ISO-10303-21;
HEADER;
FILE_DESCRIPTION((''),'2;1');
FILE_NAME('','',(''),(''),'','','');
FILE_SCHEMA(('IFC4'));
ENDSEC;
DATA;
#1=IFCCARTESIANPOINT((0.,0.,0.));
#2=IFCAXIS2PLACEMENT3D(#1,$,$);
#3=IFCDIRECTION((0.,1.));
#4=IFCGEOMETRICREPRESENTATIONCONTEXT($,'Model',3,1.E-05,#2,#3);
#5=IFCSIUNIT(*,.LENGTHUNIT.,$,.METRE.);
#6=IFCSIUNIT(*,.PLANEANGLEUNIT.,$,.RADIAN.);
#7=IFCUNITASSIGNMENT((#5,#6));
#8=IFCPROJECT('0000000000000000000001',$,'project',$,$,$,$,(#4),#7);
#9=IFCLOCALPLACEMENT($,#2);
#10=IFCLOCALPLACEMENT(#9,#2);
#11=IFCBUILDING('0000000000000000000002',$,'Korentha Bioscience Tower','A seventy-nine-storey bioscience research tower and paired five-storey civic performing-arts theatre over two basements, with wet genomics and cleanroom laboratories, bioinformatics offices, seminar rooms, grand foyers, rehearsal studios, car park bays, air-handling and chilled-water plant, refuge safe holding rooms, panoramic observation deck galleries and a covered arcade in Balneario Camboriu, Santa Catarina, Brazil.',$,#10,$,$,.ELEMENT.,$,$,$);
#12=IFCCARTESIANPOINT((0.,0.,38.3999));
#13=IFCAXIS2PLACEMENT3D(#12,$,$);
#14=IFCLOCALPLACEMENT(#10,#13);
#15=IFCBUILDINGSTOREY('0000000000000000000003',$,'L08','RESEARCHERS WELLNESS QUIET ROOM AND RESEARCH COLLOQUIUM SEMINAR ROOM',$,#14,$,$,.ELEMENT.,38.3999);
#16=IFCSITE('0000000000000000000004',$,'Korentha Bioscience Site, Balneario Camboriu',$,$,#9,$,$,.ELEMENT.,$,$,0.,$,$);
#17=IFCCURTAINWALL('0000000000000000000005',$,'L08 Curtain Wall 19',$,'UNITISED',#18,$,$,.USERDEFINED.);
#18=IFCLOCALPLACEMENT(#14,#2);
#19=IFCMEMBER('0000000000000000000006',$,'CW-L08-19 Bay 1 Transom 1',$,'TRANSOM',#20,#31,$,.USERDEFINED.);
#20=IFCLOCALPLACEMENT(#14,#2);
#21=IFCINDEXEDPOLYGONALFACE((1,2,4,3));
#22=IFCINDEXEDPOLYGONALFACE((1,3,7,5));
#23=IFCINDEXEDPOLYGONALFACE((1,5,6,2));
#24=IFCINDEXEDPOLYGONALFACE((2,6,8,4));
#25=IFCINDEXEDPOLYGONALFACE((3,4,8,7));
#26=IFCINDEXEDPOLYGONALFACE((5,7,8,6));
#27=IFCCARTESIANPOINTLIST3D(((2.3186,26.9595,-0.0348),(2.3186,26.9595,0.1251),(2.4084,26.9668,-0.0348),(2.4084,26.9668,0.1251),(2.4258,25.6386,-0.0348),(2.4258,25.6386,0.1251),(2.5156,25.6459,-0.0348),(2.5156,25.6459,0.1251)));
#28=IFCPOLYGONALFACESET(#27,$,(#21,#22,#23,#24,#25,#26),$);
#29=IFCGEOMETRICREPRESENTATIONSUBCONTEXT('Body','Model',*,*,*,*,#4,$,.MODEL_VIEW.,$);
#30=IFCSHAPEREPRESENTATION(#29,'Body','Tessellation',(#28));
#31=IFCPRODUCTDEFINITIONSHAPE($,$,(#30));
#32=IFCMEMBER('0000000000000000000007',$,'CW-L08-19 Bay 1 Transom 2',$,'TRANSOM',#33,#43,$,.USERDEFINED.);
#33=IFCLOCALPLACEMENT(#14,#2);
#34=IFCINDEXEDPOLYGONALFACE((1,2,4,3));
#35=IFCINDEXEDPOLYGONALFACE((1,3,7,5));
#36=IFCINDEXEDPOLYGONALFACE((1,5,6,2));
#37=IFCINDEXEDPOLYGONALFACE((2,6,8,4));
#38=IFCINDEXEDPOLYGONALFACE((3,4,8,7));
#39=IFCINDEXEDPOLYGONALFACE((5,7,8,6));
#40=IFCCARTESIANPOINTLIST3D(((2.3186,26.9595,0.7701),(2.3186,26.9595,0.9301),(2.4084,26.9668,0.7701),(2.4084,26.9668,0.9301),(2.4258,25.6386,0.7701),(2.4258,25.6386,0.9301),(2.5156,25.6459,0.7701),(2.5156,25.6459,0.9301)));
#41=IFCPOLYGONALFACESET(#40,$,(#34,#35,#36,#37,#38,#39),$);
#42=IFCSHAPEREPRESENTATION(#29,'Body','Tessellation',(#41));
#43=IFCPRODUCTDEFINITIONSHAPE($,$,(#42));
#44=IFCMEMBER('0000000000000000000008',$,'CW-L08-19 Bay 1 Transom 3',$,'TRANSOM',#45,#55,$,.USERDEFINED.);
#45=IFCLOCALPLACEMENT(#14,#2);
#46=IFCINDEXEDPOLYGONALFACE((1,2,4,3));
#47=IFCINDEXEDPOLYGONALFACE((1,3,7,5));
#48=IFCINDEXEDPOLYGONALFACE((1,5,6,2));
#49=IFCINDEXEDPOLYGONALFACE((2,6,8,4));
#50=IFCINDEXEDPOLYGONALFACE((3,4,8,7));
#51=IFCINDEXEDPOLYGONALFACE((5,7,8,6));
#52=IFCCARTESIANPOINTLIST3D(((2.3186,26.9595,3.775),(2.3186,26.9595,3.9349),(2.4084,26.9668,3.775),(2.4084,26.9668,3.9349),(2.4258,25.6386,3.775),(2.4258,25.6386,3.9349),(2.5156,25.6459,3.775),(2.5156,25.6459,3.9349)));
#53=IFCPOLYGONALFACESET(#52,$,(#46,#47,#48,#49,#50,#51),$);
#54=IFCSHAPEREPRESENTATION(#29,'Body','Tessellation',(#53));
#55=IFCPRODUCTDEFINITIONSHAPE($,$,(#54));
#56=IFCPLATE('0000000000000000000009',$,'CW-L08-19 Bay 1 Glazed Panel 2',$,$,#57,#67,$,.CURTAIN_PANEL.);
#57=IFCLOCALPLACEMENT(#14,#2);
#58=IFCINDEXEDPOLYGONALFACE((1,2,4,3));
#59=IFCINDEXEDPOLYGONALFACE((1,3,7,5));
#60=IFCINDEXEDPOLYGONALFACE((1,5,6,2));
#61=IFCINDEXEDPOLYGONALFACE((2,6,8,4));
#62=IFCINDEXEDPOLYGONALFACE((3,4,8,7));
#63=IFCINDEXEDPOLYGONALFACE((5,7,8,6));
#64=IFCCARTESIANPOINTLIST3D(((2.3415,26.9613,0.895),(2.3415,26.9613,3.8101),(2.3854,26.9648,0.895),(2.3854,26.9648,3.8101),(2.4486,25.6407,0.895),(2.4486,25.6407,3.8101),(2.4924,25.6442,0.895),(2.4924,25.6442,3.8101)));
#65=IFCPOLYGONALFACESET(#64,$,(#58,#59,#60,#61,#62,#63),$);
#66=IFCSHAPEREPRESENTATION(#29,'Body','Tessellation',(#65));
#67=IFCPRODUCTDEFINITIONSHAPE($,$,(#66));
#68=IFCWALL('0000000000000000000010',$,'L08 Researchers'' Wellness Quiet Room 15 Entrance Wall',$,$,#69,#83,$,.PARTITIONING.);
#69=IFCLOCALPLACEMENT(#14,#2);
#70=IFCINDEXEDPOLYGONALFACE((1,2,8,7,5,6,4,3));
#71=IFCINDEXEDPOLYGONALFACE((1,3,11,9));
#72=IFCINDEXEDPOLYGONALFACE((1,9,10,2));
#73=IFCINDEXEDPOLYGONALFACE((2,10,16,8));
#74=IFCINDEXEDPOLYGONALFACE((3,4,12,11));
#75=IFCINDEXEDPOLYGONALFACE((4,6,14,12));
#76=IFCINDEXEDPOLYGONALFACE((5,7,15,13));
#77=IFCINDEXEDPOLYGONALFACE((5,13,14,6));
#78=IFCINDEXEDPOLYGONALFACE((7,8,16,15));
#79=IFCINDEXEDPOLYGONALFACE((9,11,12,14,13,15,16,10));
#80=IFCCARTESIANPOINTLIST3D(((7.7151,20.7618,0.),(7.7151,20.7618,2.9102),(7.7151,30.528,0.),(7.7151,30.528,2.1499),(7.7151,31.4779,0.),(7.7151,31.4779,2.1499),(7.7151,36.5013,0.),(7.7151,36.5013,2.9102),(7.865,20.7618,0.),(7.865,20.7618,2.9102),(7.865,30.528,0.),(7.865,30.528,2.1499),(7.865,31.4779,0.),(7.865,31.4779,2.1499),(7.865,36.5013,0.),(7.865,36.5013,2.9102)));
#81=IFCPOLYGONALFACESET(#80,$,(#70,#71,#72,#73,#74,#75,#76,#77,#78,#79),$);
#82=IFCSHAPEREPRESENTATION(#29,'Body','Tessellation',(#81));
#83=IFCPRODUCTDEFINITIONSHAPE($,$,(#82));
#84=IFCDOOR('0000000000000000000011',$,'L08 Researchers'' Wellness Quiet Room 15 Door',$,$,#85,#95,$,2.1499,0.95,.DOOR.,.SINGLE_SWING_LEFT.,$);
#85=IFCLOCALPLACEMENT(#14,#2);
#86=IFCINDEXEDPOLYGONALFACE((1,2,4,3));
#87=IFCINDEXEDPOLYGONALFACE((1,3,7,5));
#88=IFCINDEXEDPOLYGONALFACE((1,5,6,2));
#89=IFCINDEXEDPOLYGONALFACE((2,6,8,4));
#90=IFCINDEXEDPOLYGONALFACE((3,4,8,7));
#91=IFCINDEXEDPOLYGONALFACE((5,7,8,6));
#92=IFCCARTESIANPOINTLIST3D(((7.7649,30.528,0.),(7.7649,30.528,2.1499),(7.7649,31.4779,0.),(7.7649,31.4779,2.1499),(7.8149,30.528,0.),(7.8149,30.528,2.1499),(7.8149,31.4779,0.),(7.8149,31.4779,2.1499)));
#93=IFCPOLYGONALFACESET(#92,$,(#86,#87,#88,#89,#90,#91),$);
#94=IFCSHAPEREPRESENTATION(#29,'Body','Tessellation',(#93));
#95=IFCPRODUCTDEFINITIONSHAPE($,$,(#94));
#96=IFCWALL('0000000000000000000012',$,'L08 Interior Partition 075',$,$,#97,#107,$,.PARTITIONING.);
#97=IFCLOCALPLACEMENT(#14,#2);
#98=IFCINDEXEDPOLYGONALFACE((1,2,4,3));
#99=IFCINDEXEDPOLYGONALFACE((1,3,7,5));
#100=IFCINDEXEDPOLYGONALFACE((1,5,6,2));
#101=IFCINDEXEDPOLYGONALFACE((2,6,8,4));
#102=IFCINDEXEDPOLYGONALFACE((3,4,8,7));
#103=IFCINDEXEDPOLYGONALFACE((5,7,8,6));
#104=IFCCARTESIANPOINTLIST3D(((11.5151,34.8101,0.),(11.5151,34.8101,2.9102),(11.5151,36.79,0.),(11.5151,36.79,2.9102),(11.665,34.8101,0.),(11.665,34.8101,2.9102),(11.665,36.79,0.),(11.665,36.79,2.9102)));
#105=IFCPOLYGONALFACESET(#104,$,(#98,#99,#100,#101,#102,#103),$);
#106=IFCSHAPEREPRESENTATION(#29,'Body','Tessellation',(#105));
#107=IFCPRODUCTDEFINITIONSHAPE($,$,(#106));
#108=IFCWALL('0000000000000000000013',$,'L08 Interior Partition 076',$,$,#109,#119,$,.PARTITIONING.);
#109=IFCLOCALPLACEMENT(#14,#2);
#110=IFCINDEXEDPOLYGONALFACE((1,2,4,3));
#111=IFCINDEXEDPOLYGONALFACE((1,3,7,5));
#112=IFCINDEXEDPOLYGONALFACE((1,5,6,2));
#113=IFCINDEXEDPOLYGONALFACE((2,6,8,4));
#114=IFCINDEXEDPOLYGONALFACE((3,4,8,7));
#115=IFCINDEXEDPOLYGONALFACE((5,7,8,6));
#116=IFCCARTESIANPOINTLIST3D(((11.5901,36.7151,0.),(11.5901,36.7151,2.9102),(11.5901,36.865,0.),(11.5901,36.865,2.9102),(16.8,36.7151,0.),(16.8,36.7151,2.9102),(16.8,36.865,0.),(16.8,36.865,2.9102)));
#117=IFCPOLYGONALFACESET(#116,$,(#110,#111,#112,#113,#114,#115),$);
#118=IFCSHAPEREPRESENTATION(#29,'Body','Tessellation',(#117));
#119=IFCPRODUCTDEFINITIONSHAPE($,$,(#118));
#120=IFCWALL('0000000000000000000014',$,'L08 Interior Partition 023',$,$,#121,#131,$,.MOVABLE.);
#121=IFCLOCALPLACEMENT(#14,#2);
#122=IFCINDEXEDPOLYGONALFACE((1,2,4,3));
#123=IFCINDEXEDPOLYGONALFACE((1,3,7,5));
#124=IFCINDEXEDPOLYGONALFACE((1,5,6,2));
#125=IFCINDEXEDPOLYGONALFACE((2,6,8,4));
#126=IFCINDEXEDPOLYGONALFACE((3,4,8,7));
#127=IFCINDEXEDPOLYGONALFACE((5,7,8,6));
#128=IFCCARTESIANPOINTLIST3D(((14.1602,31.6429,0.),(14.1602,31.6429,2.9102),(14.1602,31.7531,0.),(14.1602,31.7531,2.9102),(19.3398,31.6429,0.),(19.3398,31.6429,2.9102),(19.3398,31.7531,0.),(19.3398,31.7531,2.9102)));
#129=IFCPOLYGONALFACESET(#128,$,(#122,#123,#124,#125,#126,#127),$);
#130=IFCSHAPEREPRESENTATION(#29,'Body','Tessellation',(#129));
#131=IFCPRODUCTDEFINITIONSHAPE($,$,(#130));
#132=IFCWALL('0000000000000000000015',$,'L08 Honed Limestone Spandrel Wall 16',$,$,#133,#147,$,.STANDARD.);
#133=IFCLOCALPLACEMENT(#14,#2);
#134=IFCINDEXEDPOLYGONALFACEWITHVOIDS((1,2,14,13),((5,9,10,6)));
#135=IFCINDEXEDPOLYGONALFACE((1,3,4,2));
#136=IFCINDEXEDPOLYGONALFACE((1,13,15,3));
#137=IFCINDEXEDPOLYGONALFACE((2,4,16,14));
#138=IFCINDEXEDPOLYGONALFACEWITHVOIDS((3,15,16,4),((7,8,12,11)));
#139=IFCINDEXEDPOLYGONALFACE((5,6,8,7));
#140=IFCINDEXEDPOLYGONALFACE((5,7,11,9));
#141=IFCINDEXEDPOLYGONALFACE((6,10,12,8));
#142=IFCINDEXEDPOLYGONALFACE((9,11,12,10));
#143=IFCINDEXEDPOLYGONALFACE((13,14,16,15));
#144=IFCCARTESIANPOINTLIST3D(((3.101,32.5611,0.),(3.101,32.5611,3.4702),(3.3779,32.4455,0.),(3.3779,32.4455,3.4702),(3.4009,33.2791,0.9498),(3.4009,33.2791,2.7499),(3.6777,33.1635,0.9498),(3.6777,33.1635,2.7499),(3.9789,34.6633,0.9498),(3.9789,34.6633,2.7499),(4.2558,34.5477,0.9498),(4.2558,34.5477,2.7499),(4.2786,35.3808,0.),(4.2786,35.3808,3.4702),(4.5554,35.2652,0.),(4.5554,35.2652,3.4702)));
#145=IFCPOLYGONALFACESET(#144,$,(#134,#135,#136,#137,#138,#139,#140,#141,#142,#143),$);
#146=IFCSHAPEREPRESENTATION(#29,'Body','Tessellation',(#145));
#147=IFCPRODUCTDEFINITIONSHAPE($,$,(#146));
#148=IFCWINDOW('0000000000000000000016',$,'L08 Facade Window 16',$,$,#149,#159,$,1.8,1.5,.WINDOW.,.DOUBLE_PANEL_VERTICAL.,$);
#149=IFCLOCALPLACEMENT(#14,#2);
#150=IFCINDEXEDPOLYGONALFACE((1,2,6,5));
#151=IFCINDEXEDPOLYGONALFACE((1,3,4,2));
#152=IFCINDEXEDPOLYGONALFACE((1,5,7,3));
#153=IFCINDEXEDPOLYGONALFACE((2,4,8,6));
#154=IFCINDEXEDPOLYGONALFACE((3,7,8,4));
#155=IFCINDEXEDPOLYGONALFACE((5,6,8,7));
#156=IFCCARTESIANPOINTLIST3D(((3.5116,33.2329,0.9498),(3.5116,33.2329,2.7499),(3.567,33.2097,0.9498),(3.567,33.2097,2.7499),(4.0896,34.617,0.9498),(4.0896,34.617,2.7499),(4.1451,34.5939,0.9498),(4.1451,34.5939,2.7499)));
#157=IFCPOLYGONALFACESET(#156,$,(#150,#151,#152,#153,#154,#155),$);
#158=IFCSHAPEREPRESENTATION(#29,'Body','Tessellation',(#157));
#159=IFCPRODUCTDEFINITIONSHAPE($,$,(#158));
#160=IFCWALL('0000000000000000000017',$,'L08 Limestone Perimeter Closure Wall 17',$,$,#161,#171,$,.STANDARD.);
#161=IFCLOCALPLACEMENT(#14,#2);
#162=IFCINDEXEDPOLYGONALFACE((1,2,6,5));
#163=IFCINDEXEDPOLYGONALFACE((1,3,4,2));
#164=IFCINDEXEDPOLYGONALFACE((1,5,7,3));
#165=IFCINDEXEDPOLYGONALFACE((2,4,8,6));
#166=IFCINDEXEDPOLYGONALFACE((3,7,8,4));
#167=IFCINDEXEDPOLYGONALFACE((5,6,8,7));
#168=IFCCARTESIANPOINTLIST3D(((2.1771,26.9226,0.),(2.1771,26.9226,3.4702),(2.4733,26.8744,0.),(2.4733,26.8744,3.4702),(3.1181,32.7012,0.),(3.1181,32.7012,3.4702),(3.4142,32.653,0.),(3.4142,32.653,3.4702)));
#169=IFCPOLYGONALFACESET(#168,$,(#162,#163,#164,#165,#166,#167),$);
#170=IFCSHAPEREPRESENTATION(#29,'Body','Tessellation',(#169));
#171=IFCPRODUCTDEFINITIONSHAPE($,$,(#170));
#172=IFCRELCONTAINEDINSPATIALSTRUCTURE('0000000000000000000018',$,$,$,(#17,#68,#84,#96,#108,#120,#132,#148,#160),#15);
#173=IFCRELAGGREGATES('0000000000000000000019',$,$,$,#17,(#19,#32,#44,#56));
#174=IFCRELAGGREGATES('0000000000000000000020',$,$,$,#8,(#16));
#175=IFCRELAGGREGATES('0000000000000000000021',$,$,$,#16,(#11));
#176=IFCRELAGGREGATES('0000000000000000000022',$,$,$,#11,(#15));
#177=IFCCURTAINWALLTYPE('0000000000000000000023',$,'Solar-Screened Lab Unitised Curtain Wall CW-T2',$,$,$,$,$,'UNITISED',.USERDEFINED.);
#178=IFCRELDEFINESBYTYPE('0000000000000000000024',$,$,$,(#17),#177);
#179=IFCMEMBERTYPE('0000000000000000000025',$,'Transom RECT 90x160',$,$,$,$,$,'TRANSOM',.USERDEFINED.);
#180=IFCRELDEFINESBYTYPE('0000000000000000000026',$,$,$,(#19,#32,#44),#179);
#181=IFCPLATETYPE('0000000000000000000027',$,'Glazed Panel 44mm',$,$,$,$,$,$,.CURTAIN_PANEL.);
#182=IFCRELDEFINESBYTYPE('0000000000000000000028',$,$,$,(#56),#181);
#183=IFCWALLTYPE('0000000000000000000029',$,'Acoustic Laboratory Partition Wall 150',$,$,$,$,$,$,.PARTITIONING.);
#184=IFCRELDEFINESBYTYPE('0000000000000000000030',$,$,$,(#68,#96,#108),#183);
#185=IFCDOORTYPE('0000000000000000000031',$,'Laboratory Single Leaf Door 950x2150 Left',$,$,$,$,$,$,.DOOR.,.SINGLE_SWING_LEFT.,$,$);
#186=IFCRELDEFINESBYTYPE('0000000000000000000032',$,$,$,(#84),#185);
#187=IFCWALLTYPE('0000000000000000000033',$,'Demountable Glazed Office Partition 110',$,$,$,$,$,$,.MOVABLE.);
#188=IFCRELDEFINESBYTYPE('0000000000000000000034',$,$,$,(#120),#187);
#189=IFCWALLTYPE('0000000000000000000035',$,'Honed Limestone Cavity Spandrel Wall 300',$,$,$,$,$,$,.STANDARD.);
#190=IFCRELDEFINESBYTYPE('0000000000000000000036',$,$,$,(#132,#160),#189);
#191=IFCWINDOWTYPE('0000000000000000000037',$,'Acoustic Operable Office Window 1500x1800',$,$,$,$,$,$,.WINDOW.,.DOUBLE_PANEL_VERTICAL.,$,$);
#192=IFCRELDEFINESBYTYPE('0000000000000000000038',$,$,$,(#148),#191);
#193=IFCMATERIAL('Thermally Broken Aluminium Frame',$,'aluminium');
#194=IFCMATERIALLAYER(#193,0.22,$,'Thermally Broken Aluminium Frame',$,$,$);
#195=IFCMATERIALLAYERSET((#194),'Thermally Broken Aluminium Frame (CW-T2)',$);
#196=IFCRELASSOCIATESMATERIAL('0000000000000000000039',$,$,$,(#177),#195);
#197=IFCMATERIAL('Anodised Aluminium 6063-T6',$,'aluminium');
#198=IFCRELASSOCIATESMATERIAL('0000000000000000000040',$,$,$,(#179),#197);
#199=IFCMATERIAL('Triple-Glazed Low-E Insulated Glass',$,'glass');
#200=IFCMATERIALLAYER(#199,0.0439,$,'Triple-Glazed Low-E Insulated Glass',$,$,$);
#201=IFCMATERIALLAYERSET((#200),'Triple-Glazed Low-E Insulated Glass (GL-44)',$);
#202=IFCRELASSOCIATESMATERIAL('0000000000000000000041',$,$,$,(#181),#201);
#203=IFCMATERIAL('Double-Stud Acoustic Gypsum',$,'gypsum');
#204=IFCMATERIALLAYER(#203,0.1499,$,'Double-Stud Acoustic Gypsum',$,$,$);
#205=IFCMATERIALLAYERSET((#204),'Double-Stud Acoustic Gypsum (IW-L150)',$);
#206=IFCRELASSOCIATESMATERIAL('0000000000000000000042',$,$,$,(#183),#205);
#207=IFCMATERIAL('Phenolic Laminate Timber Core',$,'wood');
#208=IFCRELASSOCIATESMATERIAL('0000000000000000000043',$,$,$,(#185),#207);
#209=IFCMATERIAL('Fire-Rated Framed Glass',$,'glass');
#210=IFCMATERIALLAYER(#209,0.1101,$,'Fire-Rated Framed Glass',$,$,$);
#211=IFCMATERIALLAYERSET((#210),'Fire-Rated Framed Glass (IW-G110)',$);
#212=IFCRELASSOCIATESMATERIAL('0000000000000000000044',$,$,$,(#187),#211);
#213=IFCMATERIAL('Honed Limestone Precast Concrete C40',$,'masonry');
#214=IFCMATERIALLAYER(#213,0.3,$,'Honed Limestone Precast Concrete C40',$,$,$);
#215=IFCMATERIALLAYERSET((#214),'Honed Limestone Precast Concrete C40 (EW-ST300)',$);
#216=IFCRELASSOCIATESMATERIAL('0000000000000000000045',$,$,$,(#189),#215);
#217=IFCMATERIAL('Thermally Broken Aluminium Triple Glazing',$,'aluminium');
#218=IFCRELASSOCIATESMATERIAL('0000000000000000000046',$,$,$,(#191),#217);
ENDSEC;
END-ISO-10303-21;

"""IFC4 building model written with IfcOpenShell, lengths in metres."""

from ifc_helpers import new_model, si_unit, direction, frame, frame_2d, origin, origin_2d, place, context, subcontext, project, spatial, rectangle, extrude, material, layer, layer_set, material_profile, profile_set, type_object, element, fill, aggregate, save


model = new_model("IFC4")

# Units and contexts
model_context = context("Model", 3, precision=1e-05, world=origin(), true_north=direction((0.0, 1.0)))
body_context = subcontext(model_context, "Body", "Model", "MODEL_VIEW")
ifc_project = project(units=[si_unit("LENGTHUNIT", "METRE"), si_unit("PLANEANGLEUNIT", "RADIAN")], contexts=[model_context])

# Site, building, storey
site_placement = place(None, origin())
site = spatial("IfcSite", under=ifc_project, at=site_placement, Name="Korentha Bioscience Site, Balneario Camboriu", CompositionType="ELEMENT", RefElevation=0.0)
building_placement = place(site_placement, origin())
building = spatial("IfcBuilding", under=site, at=building_placement, Name="Korentha Bioscience Tower", Description="A seventy-nine-storey bioscience research tower and paired five-storey civic performing-arts theatre over two basements, with wet genomics and cleanroom laboratories, bioinformatics offices, seminar rooms, grand foyers, rehearsal studios, car park bays, air-handling and chilled-water plant, refuge safe holding rooms, panoramic observation deck galleries and a covered arcade in Balneario Camboriu, Santa Catarina, Brazil.", CompositionType="ELEMENT")
storey_placement = place(building_placement, frame((0.0, 0.0, 38.3999)))
storey = spatial("IfcBuildingStorey", under=building, at=storey_placement, Name="L08", Description="RESEARCHERS WELLNESS QUIET ROOM AND RESEARCH COLLOQUIUM SEMINAR ROOM", CompositionType="ELEMENT", Elevation=38.3999)

# Curtain wall
ifc_material_1 = material(Name="Thermally Broken Aluminium Frame", Category="aluminium")
ifc_layer_1 = layer(ifc_material_1, 0.22, Name="Thermally Broken Aluminium Frame")
ifc_layer_set_1 = layer_set([ifc_layer_1], Name="Thermally Broken Aluminium Frame (CW-T2)")
curtain_wall_type = type_object("IfcCurtainWallType", Name="Solar-Screened Lab Unitised Curtain Wall CW-T2", ElementType="UNITISED", PredefinedType="USERDEFINED", material=ifc_layer_set_1)
curtain_wall_placement = place(storey_placement, origin())
curtain_wall = element("IfcCurtainWall", 1, at=curtain_wall_placement, inside=storey, type_object=curtain_wall_type, Name="L08 Curtain Wall 19", ObjectType="UNITISED", PredefinedType="USERDEFINED")
ifc_material_2 = material(Name="Anodised Aluminium 6063-T6", Category="aluminium")

# Members
ifc_material_profile_1 = material_profile(ifc_material_2, rectangle(XDim=0.0901, YDim=0.1599, at=origin_2d()), Name="Anodised Aluminium 6063-T6")
ifc_profile_set_1 = profile_set([ifc_material_profile_1], Name="Anodised Aluminium 6063-T6 (CW-TRN)")
member_type_1 = type_object("IfcMemberType", Name="Transom RECT 90x160", ElementType="TRANSOM", PredefinedType="USERDEFINED", material=ifc_profile_set_1)
member_1_placement = place(storey_placement, frame((2.3635, 26.9631, 0.0452), z_axis=(0.08088, -0.996724, 0.0), x_axis=(0.996724, 0.08088, 0.0)))
member_1 = element("IfcMember", 2, at=member_1_placement, type_object=member_type_1, Name="CW-L08-19 Bay 1 Transom 1", ObjectType="TRANSOM", PredefinedType="USERDEFINED", context=body_context, shape_type="SweptSolid", body=[
    extrude(rectangle(XDim=0.0901, YDim=0.1599, at=origin_2d()), origin(), (0.0, 0.0, 1.0), 1.3252),
])
member_2_placement = place(storey_placement, frame((2.3635, 26.9631, 0.8501), z_axis=(0.08088, -0.996724, 0.0), x_axis=(0.996724, 0.08088, 0.0)))
member_2 = element("IfcMember", 3, at=member_2_placement, type_object=member_type_1, Name="CW-L08-19 Bay 1 Transom 2", ObjectType="TRANSOM", PredefinedType="USERDEFINED", context=body_context, shape_type="SweptSolid", body=[
    extrude(rectangle(XDim=0.0901, YDim=0.1599, at=origin_2d()), origin(), (0.0, 0.0, 1.0), 1.3252),
])
member_3_placement = place(storey_placement, frame((2.3635, 26.9631, 3.855), z_axis=(0.08088, -0.996724, 0.0), x_axis=(0.996724, 0.08088, 0.0)))
member_3 = element("IfcMember", 4, at=member_3_placement, type_object=member_type_1, Name="CW-L08-19 Bay 1 Transom 3", ObjectType="TRANSOM", PredefinedType="USERDEFINED", context=body_context, shape_type="SweptSolid", body=[
    extrude(rectangle(XDim=0.0901, YDim=0.1599, at=origin_2d()), origin(), (0.0, 0.0, 1.0), 1.3252),
])

# Plate
ifc_material_3 = material(Name="Triple-Glazed Low-E Insulated Glass", Category="glass")
ifc_layer_2 = layer(ifc_material_3, 0.0439, Name="Triple-Glazed Low-E Insulated Glass")
ifc_layer_set_2 = layer_set([ifc_layer_2], Name="Triple-Glazed Low-E Insulated Glass (GL-44)")
plate_type = type_object("IfcPlateType", Name="Glazed Panel 44mm", PredefinedType="CURTAIN_PANEL", material=ifc_layer_set_2)
plate_placement = place(storey_placement, frame((2.417, 26.3027, 0.895), z_axis=(0.0, 0.0, 1.0), x_axis=(0.08082, -0.996729, 0.0)))
plate = element("IfcPlate", 5, at=plate_placement, type_object=plate_type, Name="CW-L08-19 Bay 1 Glazed Panel 2", PredefinedType="CURTAIN_PANEL", context=body_context, shape_type="SweptSolid", body=[
    extrude(rectangle(XDim=1.325, YDim=0.0439, at=origin_2d()), origin(), (0.0, 0.0, 1.0), 2.915),
])
aggregate(curtain_wall, [member_1, member_2, member_3, plate])

# Wall, opening, door
ifc_material_4 = material(Name="Double-Stud Acoustic Gypsum", Category="gypsum")
ifc_layer_3 = layer(ifc_material_4, 0.1499, Name="Double-Stud Acoustic Gypsum")
ifc_layer_set_3 = layer_set([ifc_layer_3], Name="Double-Stud Acoustic Gypsum (IW-L150)")
wall_type_1 = type_object("IfcWallType", Name="Acoustic Laboratory Partition Wall 150", PredefinedType="PARTITIONING", material=ifc_layer_set_3)
wall_1_placement = place(storey_placement, frame((7.79, 36.5012, 0.0), z_axis=(0.0, 0.0, 1.0), x_axis=(0.0, -1.0, 0.0)))
wall_1 = element("IfcWall", 6, at=wall_1_placement, inside=storey, type_object=wall_type_1, Name="L08 Researchers' Wellness Quiet Room 15 Entrance Wall", PredefinedType="PARTITIONING", context=body_context, shape_type="SweptSolid", body=[
    extrude(rectangle(XDim=15.7395, YDim=0.1499, at=frame_2d((7.8696, 0.0))), origin(), (0.0, 0.0, 1.0), 2.9102),
])
opening_1_placement = place(wall_1_placement, frame((5.0232, 0.0, 0.0)))
opening_1 = element("IfcOpeningElement", 7, at=opening_1_placement, cuts=wall_1, PredefinedType="OPENING", context=body_context, shape_type="SweptSolid", body=[
    extrude(rectangle(XDim=0.95, YDim=2.1499, at=frame_2d((0.4751, 1.075))), frame((0.0, 0.0898, 0.0), z_axis=(0.0, -1.0, 0.0), x_axis=(1.0, 0.0, 0.0)), (0.0, 0.0, 1.0), 0.1797),
])
ifc_material_5 = material(Name="Phenolic Laminate Timber Core", Category="wood")
door_type = type_object("IfcDoorType", Name="Laboratory Single Leaf Door 950x2150 Left", OperationType="SINGLE_SWING_LEFT", PredefinedType="DOOR", material=ifc_material_5)
door_placement = place(opening_1_placement, origin())
door = element("IfcDoor", 8, at=door_placement, inside=storey, type_object=door_type, Name="L08 Researchers' Wellness Quiet Room 15 Door", OperationType="SINGLE_SWING_LEFT", OverallHeight=2.1499, OverallWidth=0.95, PredefinedType="DOOR", context=body_context, shape_type="SweptSolid", body=[
    extrude(rectangle(XDim=0.95, YDim=2.1499, at=frame_2d((0.4751, 1.075))), frame((0.0, 0.0249, 0.0), z_axis=(0.0, -1.0, 0.0), x_axis=(1.0, 0.0, 0.0)), (0.0, 0.0, 1.0), 0.05),
])
fill(opening_1, door)

# Walls
wall_2_placement = place(storey_placement, frame((11.5901, 34.8101, 0.0), z_axis=(0.0, 0.0, 1.0), x_axis=(0.0, 1.0, 0.0)))
element("IfcWall", 9, at=wall_2_placement, inside=storey, type_object=wall_type_1, Name="L08 Interior Partition 075", PredefinedType="PARTITIONING", context=body_context, shape_type="SweptSolid", body=[
    extrude(rectangle(XDim=1.98, YDim=0.1499, at=frame_2d((0.99, 0.0))), origin(), (0.0, 0.0, 1.0), 2.9102),
])
wall_3_placement = place(storey_placement, frame((11.5901, 36.79, 0.0), z_axis=(0.0, 0.0, 1.0), x_axis=(1.0, 0.0, 0.0)))
element("IfcWall", 10, at=wall_3_placement, inside=storey, type_object=wall_type_1, Name="L08 Interior Partition 076", PredefinedType="PARTITIONING", context=body_context, shape_type="SweptSolid", body=[
    extrude(rectangle(XDim=5.21, YDim=0.1499, at=frame_2d((2.605, 0.0))), origin(), (0.0, 0.0, 1.0), 2.9102),
])
ifc_material_6 = material(Name="Fire-Rated Framed Glass", Category="glass")
ifc_layer_4 = layer(ifc_material_6, 0.1101, Name="Fire-Rated Framed Glass")
ifc_layer_set_4 = layer_set([ifc_layer_4], Name="Fire-Rated Framed Glass (IW-G110)")
wall_type_2 = type_object("IfcWallType", Name="Demountable Glazed Office Partition 110", PredefinedType="MOVABLE", material=ifc_layer_set_4)
wall_4_placement = place(storey_placement, frame((14.1602, 31.698, 0.0), z_axis=(0.0, 0.0, 1.0), x_axis=(1.0, 0.0, 0.0)))
element("IfcWall", 11, at=wall_4_placement, inside=storey, type_object=wall_type_2, Name="L08 Interior Partition 023", PredefinedType="MOVABLE", context=body_context, shape_type="SweptSolid", body=[
    extrude(rectangle(XDim=5.1797, YDim=0.1101, at=frame_2d((2.5898, 0.0))), origin(), (0.0, 0.0, 1.0), 2.9102),
])

# Wall, opening, window
ifc_material_7 = material(Name="Honed Limestone Precast Concrete C40", Category="masonry")
ifc_layer_5 = layer(ifc_material_7, 0.3, Name="Honed Limestone Precast Concrete C40")
ifc_layer_set_5 = layer_set([ifc_layer_5], Name="Honed Limestone Precast Concrete C40 (EW-ST300)")
wall_type_3 = type_object("IfcWallType", Name="Honed Limestone Cavity Spandrel Wall 300", PredefinedType="STANDARD", material=ifc_layer_set_5)
wall_5_placement = place(storey_placement, frame((4.417, 35.323, 0.0), z_axis=(0.0, 0.0, 1.0), x_axis=(-0.385358, -0.922767, 0.0)))
wall_5 = element("IfcWall", 12, at=wall_5_placement, inside=storey, type_object=wall_type_3, Name="L08 Honed Limestone Spandrel Wall 16", PredefinedType="STANDARD", context=body_context, shape_type="SweptSolid", body=[
    extrude(rectangle(XDim=3.0557, YDim=0.3, at=frame_2d((1.5278, 0.0))), origin(), (0.0, 0.0, 1.0), 3.4702),
])
opening_2_placement = place(wall_5_placement, frame((0.7776, 0.0, 0.95)))
opening_2 = element("IfcOpeningElement", 13, at=opening_2_placement, cuts=wall_5, PredefinedType="OPENING", context=body_context, shape_type="SweptSolid", body=[
    extrude(rectangle(XDim=1.5, YDim=1.8, at=frame_2d((0.75, 0.8999))), frame((0.0, 0.165, 0.0), z_axis=(0.0, -1.0, 0.0), x_axis=(1.0, 0.0, 0.0)), (0.0, 0.0, 1.0), 0.3298),
])
ifc_material_8 = material(Name="Thermally Broken Aluminium Triple Glazing", Category="aluminium")
window_type = type_object("IfcWindowType", Name="Acoustic Operable Office Window 1500x1800", PartitioningType="DOUBLE_PANEL_VERTICAL", PredefinedType="WINDOW", material=ifc_material_8)
window_placement = place(opening_2_placement, origin())
window = element("IfcWindow", 14, at=window_placement, inside=storey, type_object=window_type, Name="L08 Facade Window 16", OverallHeight=1.8, OverallWidth=1.5, PartitioningType="DOUBLE_PANEL_VERTICAL", PredefinedType="WINDOW", context=body_context, shape_type="SweptSolid", body=[
    extrude(rectangle(XDim=1.5, YDim=1.8, at=frame_2d((0.75, 0.8999))), frame((0.0, 0.03, 0.0), z_axis=(0.0, -1.0, 0.0), x_axis=(1.0, 0.0, 0.0)), (0.0, 0.0, 1.0), 0.0601),
])
fill(opening_2, window)

# Wall
wall_6_placement = place(storey_placement, frame((3.2661, 32.677, 0.0), z_axis=(0.0, 0.0, 1.0), x_axis=(-0.160712, -0.987001, 0.0)))
element("IfcWall", 15, at=wall_6_placement, inside=storey, type_object=wall_type_3, Name="L08 Limestone Perimeter Closure Wall 17", PredefinedType="STANDARD", context=body_context, shape_type="SweptSolid", body=[
    extrude(rectangle(XDim=5.8547, YDim=0.3, at=frame_2d((2.9272, 0.0))), origin(), (0.0, 0.0, 1.0), 3.4702),
])

save(model, "model.ifc")
